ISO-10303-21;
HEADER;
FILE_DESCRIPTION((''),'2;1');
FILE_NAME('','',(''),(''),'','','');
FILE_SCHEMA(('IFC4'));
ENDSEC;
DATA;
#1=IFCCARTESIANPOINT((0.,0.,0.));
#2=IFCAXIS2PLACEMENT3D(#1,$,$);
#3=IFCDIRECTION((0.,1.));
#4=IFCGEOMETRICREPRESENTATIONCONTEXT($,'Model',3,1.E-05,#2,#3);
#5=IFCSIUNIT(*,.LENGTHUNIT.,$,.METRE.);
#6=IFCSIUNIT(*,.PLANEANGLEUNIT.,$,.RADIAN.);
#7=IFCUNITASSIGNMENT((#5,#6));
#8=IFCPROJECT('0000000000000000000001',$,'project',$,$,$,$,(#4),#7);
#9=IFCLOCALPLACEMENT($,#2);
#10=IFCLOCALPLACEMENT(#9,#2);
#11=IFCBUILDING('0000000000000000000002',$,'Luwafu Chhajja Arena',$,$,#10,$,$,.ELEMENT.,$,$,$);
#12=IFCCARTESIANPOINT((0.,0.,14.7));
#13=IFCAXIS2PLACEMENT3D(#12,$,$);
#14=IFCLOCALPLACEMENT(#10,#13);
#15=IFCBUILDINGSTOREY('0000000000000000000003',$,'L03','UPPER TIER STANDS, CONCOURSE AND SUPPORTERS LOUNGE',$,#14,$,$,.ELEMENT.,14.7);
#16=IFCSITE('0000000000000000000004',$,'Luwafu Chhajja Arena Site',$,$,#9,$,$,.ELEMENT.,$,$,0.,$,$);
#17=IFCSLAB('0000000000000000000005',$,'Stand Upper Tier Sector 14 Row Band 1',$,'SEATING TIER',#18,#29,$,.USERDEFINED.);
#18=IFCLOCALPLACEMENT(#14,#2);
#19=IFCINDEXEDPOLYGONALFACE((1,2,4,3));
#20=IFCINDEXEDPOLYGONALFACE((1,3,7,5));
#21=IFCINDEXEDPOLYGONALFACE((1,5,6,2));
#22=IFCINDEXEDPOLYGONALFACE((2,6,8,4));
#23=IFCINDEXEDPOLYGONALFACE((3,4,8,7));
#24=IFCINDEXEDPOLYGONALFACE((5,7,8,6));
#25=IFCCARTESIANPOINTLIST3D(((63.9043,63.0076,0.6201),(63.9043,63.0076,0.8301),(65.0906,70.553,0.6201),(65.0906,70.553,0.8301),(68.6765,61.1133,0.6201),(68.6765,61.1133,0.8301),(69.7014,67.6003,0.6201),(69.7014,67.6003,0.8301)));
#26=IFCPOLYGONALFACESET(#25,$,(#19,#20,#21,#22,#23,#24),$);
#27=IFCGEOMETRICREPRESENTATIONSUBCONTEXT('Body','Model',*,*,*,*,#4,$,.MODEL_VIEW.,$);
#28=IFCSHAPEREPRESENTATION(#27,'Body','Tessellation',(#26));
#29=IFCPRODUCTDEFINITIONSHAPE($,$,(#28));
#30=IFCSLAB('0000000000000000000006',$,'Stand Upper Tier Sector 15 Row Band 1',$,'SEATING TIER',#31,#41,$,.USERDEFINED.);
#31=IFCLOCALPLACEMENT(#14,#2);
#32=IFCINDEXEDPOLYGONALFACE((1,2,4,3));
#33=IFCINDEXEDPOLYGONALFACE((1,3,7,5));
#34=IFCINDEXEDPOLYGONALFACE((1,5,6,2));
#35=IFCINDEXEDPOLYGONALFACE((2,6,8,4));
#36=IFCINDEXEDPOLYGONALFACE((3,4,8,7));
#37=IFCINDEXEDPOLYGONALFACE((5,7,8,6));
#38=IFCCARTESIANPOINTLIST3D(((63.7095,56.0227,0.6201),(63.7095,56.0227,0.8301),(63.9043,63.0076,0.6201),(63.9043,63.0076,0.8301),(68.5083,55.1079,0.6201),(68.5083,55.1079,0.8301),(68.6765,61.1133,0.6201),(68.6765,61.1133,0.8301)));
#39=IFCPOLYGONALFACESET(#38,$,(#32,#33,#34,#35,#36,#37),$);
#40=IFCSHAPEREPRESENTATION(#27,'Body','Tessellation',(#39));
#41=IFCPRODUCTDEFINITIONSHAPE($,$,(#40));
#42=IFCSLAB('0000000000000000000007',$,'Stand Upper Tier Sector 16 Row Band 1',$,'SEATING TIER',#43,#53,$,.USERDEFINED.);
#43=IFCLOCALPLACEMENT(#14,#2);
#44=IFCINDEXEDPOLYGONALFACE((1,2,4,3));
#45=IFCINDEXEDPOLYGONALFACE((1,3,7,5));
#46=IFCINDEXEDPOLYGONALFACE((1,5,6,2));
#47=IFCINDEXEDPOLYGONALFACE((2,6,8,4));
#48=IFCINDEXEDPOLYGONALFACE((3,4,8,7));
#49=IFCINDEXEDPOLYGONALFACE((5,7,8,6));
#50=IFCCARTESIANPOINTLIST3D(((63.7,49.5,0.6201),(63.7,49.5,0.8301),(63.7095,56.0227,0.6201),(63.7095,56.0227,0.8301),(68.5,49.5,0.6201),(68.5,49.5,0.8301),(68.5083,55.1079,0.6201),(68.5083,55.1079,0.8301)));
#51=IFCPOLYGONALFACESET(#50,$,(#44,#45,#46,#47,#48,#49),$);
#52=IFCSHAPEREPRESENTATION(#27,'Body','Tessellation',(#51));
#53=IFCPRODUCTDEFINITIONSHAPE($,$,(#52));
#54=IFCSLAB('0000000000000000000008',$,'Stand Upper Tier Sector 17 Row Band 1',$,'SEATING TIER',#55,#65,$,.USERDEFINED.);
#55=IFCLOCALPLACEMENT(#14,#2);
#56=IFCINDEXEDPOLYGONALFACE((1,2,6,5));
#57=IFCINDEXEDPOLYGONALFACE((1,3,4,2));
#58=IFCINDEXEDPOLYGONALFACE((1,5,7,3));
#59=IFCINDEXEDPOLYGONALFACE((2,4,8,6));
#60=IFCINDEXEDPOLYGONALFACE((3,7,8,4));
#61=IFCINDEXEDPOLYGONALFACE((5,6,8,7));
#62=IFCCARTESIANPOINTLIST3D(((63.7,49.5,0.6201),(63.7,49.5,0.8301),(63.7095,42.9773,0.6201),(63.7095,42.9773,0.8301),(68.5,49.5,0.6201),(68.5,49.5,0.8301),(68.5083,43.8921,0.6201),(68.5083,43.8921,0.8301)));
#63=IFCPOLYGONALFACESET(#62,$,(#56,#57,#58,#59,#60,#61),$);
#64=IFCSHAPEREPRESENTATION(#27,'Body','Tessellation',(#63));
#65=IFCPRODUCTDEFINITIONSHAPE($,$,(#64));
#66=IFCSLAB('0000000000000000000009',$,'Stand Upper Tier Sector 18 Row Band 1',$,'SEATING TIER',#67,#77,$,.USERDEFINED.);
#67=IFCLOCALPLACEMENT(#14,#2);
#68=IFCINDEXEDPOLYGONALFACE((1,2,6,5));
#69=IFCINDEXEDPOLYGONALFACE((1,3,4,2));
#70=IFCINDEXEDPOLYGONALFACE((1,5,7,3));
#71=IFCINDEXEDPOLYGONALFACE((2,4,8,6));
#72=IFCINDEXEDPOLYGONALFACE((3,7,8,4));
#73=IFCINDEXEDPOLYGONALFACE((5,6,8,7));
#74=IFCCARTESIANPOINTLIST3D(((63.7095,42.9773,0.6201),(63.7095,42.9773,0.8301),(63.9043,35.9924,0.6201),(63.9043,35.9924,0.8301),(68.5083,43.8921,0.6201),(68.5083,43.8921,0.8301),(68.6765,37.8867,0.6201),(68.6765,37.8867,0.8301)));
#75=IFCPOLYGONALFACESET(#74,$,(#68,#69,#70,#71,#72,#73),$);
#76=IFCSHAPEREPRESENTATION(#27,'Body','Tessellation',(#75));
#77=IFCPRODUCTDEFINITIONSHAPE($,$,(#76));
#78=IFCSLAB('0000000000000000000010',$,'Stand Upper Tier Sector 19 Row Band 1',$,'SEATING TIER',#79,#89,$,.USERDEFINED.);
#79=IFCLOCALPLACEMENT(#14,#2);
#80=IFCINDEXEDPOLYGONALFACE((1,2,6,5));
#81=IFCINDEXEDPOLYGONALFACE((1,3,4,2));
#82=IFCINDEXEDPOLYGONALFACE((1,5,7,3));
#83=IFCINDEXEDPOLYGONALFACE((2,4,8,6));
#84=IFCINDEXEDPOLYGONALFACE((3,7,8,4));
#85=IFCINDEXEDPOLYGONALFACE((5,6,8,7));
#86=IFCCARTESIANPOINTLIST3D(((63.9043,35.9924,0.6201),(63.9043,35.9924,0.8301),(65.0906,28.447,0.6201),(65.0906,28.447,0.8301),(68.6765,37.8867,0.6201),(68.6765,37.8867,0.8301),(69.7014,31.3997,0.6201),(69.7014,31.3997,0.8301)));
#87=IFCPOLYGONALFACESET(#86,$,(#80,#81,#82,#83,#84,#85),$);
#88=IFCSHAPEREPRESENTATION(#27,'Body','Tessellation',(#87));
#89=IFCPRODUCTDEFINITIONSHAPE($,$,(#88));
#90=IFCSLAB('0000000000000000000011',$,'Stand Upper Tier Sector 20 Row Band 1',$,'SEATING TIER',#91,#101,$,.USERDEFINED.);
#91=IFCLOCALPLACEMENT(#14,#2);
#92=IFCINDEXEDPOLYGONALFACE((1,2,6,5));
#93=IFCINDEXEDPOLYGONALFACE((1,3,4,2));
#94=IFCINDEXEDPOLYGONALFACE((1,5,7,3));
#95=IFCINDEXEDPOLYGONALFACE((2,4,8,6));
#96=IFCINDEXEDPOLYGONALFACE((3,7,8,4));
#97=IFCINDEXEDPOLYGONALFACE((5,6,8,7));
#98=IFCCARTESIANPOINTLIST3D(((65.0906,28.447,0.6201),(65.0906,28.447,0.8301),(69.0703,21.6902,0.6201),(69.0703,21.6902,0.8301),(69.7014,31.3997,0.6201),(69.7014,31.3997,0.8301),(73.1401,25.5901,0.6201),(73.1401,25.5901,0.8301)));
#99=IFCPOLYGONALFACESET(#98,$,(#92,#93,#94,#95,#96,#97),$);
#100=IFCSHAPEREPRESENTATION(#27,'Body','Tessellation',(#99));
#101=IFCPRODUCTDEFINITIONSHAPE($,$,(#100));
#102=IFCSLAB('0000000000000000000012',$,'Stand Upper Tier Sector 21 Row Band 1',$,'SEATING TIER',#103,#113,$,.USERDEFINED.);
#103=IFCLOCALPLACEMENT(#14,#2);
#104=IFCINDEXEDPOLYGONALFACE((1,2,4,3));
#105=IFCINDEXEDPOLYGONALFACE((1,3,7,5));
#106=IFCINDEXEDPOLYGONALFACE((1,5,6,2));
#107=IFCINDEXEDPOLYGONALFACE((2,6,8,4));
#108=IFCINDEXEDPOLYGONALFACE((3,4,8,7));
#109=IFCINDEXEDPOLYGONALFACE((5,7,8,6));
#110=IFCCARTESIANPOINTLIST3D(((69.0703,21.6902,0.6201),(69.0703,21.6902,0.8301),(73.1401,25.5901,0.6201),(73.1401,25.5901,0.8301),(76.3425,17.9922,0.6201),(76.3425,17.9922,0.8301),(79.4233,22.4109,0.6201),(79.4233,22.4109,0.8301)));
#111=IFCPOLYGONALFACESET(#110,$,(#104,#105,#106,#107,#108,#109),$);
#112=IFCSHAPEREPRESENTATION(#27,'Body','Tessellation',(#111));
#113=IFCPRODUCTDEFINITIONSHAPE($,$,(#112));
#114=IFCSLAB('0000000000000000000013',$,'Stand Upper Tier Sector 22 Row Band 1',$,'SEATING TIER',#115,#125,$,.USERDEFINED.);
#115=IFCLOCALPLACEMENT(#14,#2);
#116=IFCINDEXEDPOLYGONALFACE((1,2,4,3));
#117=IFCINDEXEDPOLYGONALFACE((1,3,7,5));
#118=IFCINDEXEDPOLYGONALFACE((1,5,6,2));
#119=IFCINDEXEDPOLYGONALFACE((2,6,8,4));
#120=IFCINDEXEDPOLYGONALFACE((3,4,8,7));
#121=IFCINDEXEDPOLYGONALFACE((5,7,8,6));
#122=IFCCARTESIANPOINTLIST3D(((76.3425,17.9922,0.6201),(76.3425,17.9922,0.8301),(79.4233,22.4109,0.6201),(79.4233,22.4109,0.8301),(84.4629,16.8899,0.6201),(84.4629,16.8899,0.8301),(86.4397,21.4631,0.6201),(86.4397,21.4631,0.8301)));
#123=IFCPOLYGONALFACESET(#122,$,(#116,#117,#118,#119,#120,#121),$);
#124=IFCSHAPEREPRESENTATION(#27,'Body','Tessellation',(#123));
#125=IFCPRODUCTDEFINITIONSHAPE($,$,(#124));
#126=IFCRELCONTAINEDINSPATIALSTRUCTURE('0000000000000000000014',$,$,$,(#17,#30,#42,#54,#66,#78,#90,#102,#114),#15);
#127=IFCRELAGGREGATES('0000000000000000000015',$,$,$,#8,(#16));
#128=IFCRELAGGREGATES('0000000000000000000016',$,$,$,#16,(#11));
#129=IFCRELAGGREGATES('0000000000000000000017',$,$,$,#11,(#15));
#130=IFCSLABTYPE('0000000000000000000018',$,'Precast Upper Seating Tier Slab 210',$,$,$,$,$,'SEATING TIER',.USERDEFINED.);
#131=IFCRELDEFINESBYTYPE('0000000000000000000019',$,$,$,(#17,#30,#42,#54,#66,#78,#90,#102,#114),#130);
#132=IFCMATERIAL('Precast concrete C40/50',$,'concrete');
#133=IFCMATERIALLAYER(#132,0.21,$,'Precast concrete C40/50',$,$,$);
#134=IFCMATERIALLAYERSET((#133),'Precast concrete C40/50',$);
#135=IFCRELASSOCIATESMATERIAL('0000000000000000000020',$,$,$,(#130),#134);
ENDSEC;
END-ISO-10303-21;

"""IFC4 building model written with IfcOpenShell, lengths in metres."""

from ifc_helpers import new_model, si_unit, direction, frame, origin, place, context, subcontext, project, spatial, polyline, outline, extrude, material, layer, layer_set, type_object, element, save


model = new_model("IFC4")

# Units and contexts
model_context = context("Model", 3, precision=1e-05, world=origin(), true_north=direction((0.0, 1.0)))
body_context = subcontext(model_context, "Body", "Model", "MODEL_VIEW")
ifc_project = project(units=[si_unit("LENGTHUNIT", "METRE"), si_unit("PLANEANGLEUNIT", "RADIAN")], contexts=[model_context])

# Site, building, storey
site_placement = place(None, origin())
site = spatial("IfcSite", under=ifc_project, at=site_placement, Name="Luwafu Chhajja Arena Site", CompositionType="ELEMENT", RefElevation=0.0)
building_placement = place(site_placement, origin())
building = spatial("IfcBuilding", under=site, at=building_placement, Name="Luwafu Chhajja Arena", CompositionType="ELEMENT")
storey_placement = place(building_placement, frame((0.0, 0.0, 14.7)))
storey = spatial("IfcBuildingStorey", under=building, at=storey_placement, Name="L03", Description="UPPER TIER STANDS, CONCOURSE AND SUPPORTERS LOUNGE", CompositionType="ELEMENT", Elevation=14.7)

# Slabs
ifc_material_1 = material(Name="Precast concrete C40/50", Category="concrete")
ifc_layer_1 = layer(ifc_material_1, 0.21, Name="Precast concrete C40/50")
ifc_layer_set_1 = layer_set([ifc_layer_1], Name="Precast concrete C40/50")
slab_type_1 = type_object("IfcSlabType", Name="Precast Upper Seating Tier Slab 210", ElementType="SEATING TIER", PredefinedType="USERDEFINED", material=ifc_layer_set_1)
slab_1_placement = place(storey_placement, frame((0.0, 0.0, 0.6201)))
element("IfcSlab", 1, at=slab_1_placement, inside=storey, type_object=slab_type_1, Name="Stand Upper Tier Sector 14 Row Band 1", ObjectType="SEATING TIER", PredefinedType="USERDEFINED", context=body_context, shape_type="SweptSolid", body=[
    extrude(outline(polyline([(69.7014, 67.6003), (68.6765, 61.1133), (63.9043, 63.0076), (65.0906, 70.553), (69.7014, 67.6003)])), origin(), (0.0, 0.0, 1.0), 0.21),
])
slab_2_placement = place(storey_placement, frame((0.0, 0.0, 0.6201)))
element("IfcSlab", 2, at=slab_2_placement, inside=storey, type_object=slab_type_1, Name="Stand Upper Tier Sector 15 Row Band 1", ObjectType="SEATING TIER", PredefinedType="USERDEFINED", context=body_context, shape_type="SweptSolid", body=[
    extrude(outline(polyline([(68.6765, 61.1133), (68.5083, 55.1079), (63.7095, 56.0227), (63.9043, 63.0076), (68.6765, 61.1133)])), origin(), (0.0, 0.0, 1.0), 0.21),
])
slab_3_placement = place(storey_placement, frame((0.0, 0.0, 0.6201)))
element("IfcSlab", 3, at=slab_3_placement, inside=storey, type_object=slab_type_1, Name="Stand Upper Tier Sector 16 Row Band 1", ObjectType="SEATING TIER", PredefinedType="USERDEFINED", context=body_context, shape_type="SweptSolid", body=[
    extrude(outline(polyline([(68.5083, 55.1079), (68.5, 49.5), (63.7, 49.5), (63.7095, 56.0227), (68.5083, 55.1079)])), origin(), (0.0, 0.0, 1.0), 0.21),
])
slab_4_placement = place(storey_placement, frame((0.0, 0.0, 0.6201)))
element("IfcSlab", 4, at=slab_4_placement, inside=storey, type_object=slab_type_1, Name="Stand Upper Tier Sector 17 Row Band 1", ObjectType="SEATING TIER", PredefinedType="USERDEFINED", context=body_context, shape_type="SweptSolid", body=[
    extrude(outline(polyline([(68.5, 49.5), (68.5083, 43.8921), (63.7095, 42.9773), (63.7, 49.5), (68.5, 49.5)])), origin(), (0.0, 0.0, 1.0), 0.21),
])
slab_5_placement = place(storey_placement, frame((0.0, 0.0, 0.6201)))
element("IfcSlab", 5, at=slab_5_placement, inside=storey, type_object=slab_type_1, Name="Stand Upper Tier Sector 18 Row Band 1", ObjectType="SEATING TIER", PredefinedType="USERDEFINED", context=body_context, shape_type="SweptSolid", body=[
    extrude(outline(polyline([(68.5083, 43.8921), (68.6765, 37.8867), (63.9043, 35.9924), (63.7095, 42.9773), (68.5083, 43.8921)])), origin(), (0.0, 0.0, 1.0), 0.21),
])
slab_6_placement = place(storey_placement, frame((0.0, 0.0, 0.6201)))
element("IfcSlab", 6, at=slab_6_placement, inside=storey, type_object=slab_type_1, Name="Stand Upper Tier Sector 19 Row Band 1", ObjectType="SEATING TIER", PredefinedType="USERDEFINED", context=body_context, shape_type="SweptSolid", body=[
    extrude(outline(polyline([(68.6765, 37.8867), (69.7014, 31.3997), (65.0906, 28.447), (63.9043, 35.9924), (68.6765, 37.8867)])), origin(), (0.0, 0.0, 1.0), 0.21),
])
slab_7_placement = place(storey_placement, frame((0.0, 0.0, 0.6201)))
element("IfcSlab", 7, at=slab_7_placement, inside=storey, type_object=slab_type_1, Name="Stand Upper Tier Sector 20 Row Band 1", ObjectType="SEATING TIER", PredefinedType="USERDEFINED", context=body_context, shape_type="SweptSolid", body=[
    extrude(outline(polyline([(69.7014, 31.3997), (73.1401, 25.5901), (69.0703, 21.6902), (65.0906, 28.447), (69.7014, 31.3997)])), origin(), (0.0, 0.0, 1.0), 0.21),
])
slab_8_placement = place(storey_placement, frame((0.0, 0.0, 0.6201)))
element("IfcSlab", 8, at=slab_8_placement, inside=storey, type_object=slab_type_1, Name="Stand Upper Tier Sector 21 Row Band 1", ObjectType="SEATING TIER", PredefinedType="USERDEFINED", context=body_context, shape_type="SweptSolid", body=[
    extrude(outline(polyline([(73.1401, 25.5901), (79.4233, 22.4109), (76.3425, 17.9922), (69.0703, 21.6902), (73.1401, 25.5901)])), origin(), (0.0, 0.0, 1.0), 0.21),
])
slab_9_placement = place(storey_placement, frame((0.0, 0.0, 0.6201)))
element("IfcSlab", 9, at=slab_9_placement, inside=storey, type_object=slab_type_1, Name="Stand Upper Tier Sector 22 Row Band 1", ObjectType="SEATING TIER", PredefinedType="USERDEFINED", context=body_context, shape_type="SweptSolid", body=[
    extrude(outline(polyline([(79.4233, 22.4109), (86.4397, 21.4631), (84.4629, 16.8899), (76.3425, 17.9922), (79.4233, 22.4109)])), origin(), (0.0, 0.0, 1.0), 0.21),
])

save(model, "model.ifc")
